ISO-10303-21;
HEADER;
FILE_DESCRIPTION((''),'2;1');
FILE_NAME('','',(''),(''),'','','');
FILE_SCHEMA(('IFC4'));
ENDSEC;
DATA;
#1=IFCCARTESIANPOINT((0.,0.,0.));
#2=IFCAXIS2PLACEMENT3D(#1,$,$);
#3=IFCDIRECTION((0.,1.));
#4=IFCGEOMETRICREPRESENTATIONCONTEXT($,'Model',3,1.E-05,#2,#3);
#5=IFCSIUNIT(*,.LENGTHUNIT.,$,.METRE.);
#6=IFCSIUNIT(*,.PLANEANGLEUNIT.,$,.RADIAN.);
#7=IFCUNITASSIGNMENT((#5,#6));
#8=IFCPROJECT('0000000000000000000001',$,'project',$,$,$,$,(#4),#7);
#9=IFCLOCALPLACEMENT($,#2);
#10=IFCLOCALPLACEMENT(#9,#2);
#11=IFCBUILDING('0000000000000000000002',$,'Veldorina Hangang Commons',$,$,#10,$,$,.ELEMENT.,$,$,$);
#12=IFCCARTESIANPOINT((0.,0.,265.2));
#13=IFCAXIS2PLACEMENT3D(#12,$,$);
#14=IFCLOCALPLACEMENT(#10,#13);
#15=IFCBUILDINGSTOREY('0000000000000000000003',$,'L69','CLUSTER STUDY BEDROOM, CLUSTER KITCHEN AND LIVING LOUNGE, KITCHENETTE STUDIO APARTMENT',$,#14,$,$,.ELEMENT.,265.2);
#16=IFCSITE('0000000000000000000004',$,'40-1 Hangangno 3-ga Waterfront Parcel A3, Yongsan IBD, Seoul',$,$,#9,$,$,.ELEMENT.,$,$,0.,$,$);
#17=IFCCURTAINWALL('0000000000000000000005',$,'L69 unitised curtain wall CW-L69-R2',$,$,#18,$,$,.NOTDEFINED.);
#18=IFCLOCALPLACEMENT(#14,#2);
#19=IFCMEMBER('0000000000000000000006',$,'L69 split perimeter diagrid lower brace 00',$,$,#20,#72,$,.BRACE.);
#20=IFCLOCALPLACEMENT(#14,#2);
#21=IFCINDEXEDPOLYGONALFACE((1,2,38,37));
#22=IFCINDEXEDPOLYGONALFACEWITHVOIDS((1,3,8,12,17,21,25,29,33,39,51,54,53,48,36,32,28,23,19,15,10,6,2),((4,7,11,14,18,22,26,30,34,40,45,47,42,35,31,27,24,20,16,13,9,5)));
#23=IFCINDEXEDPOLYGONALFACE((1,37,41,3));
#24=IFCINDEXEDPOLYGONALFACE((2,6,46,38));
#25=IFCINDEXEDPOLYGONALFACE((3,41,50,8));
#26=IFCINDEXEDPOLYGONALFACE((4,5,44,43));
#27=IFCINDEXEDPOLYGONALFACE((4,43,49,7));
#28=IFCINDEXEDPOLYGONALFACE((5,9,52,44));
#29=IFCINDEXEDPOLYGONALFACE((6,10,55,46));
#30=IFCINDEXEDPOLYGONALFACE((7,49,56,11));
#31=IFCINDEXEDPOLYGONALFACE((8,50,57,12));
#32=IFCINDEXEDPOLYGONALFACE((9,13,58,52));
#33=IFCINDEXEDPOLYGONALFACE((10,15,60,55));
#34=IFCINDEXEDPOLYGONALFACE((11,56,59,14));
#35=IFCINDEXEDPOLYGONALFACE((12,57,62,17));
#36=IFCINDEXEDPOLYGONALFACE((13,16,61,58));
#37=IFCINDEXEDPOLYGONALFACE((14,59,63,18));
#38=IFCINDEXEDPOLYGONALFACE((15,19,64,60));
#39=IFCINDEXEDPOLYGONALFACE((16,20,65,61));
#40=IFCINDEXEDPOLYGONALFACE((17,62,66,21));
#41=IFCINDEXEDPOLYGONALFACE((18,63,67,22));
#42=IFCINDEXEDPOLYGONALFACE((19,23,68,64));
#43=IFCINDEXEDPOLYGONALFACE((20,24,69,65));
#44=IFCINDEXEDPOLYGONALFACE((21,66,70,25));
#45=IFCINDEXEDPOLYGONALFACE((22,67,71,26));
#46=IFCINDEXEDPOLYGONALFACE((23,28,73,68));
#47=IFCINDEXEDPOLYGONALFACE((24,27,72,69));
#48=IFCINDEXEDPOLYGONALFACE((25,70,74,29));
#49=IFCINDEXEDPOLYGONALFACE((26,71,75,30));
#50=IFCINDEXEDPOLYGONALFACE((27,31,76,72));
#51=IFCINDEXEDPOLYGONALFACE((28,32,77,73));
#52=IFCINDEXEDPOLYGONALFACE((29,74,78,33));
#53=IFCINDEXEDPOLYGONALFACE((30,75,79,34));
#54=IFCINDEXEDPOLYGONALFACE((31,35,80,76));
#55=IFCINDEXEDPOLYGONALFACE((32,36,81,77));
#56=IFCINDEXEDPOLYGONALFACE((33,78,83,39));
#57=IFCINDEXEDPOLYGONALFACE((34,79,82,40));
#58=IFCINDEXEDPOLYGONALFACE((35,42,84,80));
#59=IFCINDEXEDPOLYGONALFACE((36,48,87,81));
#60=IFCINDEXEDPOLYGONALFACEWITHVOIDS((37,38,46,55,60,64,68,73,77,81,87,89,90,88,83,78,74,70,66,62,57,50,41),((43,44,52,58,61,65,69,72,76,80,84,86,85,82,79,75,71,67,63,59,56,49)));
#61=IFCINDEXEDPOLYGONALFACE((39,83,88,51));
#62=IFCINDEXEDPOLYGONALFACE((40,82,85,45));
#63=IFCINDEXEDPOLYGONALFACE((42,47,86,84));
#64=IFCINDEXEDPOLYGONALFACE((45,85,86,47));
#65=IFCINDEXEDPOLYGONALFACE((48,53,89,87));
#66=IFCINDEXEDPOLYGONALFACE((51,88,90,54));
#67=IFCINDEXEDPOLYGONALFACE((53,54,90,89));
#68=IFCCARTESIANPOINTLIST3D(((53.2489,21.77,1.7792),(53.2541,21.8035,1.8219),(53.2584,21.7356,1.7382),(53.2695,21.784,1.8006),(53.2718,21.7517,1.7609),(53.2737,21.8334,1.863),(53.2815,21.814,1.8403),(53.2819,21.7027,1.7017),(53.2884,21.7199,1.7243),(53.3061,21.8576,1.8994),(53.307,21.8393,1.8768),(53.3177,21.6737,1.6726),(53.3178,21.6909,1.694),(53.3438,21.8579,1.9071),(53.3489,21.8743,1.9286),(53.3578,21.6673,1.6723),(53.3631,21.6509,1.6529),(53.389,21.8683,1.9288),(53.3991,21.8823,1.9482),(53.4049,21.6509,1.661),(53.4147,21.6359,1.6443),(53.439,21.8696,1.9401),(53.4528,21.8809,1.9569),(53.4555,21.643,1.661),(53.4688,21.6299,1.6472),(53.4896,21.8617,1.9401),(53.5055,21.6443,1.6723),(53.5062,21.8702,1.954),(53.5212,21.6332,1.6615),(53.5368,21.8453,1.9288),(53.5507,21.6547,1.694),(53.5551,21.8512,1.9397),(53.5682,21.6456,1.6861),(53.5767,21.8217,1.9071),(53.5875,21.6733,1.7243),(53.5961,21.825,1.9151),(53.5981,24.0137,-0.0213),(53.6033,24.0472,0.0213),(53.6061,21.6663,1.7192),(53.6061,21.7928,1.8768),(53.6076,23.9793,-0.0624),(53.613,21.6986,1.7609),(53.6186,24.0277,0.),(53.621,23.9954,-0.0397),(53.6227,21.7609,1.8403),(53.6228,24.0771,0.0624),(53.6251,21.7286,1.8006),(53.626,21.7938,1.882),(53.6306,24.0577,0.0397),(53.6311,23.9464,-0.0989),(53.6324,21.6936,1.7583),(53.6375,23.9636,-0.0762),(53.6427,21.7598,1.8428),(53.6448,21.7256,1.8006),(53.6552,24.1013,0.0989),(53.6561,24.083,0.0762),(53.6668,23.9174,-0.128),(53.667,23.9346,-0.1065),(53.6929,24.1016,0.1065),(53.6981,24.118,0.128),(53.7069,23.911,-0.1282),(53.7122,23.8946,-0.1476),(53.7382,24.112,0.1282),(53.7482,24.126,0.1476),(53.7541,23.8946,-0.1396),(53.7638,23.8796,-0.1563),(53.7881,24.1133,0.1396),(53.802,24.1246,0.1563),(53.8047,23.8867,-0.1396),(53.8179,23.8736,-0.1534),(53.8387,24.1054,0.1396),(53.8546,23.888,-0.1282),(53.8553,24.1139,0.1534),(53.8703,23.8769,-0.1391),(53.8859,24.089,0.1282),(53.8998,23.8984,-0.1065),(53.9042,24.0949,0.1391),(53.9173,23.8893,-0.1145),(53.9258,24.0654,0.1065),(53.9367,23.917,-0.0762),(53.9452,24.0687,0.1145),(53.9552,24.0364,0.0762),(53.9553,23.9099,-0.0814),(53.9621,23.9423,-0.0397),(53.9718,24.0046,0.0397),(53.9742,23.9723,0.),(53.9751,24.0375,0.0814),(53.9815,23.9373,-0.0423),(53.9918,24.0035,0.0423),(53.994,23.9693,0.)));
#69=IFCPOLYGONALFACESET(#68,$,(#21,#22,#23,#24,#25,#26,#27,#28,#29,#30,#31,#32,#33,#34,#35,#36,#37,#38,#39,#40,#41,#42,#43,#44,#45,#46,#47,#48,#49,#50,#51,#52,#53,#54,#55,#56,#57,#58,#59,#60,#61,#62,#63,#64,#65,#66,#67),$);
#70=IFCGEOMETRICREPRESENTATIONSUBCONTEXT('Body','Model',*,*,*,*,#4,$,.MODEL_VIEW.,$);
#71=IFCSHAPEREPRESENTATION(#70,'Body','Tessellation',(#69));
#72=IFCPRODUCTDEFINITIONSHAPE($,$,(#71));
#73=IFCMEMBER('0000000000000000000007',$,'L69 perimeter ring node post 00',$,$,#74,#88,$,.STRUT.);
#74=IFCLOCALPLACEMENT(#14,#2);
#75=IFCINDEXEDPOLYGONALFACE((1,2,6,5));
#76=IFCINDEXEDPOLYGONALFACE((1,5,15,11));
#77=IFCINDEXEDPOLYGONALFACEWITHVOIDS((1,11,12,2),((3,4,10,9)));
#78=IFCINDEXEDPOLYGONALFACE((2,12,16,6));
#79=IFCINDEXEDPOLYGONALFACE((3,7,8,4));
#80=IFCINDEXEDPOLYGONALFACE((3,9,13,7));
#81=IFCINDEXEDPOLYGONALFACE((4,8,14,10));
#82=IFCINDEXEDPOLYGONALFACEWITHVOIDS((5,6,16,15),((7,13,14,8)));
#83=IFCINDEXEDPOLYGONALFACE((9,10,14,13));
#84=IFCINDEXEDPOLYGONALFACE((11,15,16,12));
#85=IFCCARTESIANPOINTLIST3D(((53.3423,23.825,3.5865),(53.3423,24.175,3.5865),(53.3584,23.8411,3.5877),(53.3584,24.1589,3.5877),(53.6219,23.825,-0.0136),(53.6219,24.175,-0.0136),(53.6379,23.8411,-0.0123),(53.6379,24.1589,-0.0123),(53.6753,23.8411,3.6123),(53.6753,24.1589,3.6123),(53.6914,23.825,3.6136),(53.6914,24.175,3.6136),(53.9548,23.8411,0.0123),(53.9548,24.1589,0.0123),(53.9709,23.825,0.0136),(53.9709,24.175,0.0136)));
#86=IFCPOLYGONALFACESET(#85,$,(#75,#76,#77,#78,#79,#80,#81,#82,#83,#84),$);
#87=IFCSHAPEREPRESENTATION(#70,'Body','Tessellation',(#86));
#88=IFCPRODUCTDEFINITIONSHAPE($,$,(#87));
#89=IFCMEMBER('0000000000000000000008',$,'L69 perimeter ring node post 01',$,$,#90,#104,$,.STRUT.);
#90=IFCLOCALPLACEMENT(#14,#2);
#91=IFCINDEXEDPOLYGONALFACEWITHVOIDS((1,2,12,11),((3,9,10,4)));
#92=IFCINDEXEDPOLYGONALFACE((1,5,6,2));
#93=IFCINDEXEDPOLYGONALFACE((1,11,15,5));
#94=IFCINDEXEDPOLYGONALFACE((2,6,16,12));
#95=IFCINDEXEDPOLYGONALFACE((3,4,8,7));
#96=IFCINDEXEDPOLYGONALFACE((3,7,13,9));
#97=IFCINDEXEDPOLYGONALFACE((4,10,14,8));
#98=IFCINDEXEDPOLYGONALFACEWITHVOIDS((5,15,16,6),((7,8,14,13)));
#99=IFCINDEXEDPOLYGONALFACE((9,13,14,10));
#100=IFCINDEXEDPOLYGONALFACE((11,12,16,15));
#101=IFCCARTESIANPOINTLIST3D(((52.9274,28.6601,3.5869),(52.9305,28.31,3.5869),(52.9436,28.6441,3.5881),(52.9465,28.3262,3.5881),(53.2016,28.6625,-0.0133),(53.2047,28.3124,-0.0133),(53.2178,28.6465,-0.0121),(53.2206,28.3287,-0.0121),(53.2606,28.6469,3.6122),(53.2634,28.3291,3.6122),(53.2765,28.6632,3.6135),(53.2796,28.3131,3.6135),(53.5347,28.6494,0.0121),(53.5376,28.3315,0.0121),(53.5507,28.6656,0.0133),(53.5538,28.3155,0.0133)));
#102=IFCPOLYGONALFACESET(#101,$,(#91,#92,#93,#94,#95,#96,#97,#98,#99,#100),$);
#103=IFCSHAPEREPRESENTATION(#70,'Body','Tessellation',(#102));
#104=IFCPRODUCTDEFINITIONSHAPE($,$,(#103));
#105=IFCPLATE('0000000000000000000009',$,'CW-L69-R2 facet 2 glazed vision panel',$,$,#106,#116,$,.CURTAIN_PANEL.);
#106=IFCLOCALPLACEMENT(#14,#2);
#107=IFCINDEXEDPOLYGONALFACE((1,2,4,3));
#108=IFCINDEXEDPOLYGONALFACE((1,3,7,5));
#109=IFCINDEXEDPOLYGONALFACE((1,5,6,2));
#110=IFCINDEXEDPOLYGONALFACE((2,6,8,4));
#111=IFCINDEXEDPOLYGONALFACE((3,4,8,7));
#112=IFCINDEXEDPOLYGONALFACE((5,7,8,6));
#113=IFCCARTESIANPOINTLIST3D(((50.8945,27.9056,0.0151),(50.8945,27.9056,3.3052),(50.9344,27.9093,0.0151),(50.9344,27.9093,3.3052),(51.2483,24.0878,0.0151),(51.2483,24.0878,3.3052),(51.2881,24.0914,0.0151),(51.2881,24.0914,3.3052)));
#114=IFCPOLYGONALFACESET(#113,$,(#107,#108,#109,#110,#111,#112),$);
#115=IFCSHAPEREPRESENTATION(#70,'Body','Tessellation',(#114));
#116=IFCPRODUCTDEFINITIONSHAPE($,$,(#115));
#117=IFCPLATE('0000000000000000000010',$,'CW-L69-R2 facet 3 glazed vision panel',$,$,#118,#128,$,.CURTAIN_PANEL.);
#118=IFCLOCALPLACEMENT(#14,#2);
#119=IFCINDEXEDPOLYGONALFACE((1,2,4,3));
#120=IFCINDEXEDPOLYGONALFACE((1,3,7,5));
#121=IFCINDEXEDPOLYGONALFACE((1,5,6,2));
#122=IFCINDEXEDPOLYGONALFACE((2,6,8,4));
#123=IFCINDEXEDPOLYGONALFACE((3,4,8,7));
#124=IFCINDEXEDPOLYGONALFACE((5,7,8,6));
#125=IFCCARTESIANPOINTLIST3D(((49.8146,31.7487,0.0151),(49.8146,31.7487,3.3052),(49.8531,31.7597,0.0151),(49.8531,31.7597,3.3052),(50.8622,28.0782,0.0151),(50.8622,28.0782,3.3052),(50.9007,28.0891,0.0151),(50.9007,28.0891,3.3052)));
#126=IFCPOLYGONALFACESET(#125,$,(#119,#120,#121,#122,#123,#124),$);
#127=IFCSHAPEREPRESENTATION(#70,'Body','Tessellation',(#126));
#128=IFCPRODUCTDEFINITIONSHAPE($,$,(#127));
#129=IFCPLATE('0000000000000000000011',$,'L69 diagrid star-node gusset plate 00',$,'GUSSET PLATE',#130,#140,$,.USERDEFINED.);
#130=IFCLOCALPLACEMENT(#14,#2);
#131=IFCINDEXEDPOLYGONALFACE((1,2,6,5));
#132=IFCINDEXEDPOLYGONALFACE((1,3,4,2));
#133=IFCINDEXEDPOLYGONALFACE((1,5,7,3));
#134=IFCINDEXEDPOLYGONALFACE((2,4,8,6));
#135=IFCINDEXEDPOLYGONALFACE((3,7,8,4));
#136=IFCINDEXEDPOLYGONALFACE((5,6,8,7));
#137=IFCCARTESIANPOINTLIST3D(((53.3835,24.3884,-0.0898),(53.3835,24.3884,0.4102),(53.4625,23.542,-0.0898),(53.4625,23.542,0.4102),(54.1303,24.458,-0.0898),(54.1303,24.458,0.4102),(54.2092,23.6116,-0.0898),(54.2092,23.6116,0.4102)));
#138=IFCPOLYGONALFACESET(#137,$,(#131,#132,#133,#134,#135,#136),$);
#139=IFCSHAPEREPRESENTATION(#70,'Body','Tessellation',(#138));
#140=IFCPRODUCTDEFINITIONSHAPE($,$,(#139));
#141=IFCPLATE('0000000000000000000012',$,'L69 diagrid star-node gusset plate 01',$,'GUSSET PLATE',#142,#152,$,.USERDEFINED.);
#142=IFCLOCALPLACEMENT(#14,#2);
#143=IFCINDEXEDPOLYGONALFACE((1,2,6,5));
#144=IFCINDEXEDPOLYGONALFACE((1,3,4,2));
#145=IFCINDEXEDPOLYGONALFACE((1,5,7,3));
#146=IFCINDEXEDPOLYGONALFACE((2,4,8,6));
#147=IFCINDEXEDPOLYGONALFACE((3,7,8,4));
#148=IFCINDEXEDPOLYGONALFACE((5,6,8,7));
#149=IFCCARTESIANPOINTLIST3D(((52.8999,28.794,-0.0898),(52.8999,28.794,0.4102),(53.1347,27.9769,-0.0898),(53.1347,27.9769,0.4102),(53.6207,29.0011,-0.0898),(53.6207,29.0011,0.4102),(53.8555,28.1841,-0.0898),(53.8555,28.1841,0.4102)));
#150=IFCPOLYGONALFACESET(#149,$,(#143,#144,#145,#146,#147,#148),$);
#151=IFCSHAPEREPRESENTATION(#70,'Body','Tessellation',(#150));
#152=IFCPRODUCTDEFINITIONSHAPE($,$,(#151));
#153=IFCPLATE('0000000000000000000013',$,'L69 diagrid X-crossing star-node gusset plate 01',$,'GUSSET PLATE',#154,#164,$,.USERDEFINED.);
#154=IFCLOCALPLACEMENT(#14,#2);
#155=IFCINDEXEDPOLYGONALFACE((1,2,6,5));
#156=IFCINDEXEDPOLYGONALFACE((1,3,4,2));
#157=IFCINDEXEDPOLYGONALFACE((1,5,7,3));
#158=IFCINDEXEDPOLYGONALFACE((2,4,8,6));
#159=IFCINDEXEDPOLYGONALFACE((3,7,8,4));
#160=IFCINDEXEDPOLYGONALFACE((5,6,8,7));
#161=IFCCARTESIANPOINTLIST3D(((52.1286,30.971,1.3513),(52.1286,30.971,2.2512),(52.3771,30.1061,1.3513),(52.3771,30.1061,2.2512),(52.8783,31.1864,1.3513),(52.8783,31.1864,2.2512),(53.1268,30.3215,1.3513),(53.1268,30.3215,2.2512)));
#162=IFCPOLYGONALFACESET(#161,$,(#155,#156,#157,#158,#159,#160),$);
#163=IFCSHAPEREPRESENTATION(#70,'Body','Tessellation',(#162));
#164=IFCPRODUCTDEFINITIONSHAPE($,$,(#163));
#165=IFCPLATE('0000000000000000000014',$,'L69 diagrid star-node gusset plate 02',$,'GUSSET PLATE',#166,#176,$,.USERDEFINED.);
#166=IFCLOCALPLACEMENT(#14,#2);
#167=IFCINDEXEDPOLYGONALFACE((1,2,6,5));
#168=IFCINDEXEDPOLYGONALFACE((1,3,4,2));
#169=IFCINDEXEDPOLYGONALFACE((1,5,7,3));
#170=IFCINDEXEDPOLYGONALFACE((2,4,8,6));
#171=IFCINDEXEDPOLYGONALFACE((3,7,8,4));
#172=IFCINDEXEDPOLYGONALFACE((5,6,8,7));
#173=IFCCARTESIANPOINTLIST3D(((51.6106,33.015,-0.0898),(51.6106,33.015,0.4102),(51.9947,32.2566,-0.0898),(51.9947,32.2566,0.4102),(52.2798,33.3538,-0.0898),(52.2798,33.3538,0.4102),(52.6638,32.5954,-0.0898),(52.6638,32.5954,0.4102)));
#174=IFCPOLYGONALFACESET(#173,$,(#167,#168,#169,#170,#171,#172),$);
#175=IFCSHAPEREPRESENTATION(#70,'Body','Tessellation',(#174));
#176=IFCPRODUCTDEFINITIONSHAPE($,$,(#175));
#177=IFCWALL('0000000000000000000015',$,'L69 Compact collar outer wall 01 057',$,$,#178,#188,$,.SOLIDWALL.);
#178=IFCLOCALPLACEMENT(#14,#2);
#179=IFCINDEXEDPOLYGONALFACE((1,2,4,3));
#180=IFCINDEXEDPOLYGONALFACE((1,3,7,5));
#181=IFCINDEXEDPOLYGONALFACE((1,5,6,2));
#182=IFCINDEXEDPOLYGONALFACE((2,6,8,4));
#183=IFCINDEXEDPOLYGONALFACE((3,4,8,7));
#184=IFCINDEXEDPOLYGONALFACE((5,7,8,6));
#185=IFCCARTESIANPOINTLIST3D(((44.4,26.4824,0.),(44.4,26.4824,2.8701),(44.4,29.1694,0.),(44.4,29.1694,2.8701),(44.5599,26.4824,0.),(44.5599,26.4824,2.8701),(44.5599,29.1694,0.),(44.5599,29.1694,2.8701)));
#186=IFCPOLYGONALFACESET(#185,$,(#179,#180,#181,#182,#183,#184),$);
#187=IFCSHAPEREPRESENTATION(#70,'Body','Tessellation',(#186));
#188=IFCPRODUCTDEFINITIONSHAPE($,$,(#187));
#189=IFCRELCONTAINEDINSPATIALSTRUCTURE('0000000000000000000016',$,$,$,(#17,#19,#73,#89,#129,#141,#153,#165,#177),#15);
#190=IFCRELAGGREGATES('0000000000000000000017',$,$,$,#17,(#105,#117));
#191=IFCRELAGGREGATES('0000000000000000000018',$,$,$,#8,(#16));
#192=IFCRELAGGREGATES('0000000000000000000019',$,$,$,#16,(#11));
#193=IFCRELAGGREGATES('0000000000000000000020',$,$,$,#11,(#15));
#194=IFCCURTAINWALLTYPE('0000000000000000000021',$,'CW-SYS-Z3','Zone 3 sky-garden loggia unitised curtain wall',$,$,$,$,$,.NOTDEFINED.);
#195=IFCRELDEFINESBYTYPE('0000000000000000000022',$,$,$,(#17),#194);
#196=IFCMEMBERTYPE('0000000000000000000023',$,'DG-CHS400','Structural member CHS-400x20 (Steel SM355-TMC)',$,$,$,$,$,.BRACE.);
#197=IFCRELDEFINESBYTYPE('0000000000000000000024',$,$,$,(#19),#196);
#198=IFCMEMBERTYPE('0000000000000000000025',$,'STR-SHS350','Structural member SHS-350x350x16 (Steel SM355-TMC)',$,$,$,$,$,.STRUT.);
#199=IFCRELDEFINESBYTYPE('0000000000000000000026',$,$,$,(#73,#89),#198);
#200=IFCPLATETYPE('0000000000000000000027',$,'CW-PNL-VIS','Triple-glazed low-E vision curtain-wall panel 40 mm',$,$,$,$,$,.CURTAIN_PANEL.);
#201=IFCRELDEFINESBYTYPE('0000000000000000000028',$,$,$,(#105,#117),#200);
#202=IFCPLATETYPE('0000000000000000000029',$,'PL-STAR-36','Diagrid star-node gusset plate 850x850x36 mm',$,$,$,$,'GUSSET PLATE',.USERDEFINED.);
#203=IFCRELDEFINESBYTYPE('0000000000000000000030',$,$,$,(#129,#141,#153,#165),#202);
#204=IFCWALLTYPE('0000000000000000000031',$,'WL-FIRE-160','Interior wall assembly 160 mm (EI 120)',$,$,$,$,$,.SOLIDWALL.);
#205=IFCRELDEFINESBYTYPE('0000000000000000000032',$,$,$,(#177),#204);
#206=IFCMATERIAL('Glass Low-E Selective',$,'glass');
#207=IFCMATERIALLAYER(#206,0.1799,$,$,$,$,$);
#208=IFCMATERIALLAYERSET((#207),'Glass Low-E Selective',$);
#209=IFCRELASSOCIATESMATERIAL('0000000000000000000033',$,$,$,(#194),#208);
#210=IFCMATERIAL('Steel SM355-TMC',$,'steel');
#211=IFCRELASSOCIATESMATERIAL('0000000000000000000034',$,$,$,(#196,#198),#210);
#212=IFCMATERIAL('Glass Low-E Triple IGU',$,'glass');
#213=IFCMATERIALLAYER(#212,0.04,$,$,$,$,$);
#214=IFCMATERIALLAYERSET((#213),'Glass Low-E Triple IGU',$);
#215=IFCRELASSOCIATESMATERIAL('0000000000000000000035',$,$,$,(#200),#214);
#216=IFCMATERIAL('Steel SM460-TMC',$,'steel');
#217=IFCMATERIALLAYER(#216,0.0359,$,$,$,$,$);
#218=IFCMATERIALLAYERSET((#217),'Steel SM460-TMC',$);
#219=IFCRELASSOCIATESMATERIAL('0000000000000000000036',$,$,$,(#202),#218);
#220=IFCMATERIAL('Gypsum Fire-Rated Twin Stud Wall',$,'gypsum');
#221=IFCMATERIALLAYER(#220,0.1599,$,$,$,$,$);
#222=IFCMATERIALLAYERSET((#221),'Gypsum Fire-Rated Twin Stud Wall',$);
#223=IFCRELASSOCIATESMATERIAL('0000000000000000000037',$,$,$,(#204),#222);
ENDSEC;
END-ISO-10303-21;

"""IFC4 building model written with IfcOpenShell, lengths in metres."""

from ifc_helpers import new_model, si_unit, direction, frame, frame_2d, origin, origin_2d, place, context, subcontext, project, spatial, rectangle, hollow_rectangle, hollow_circle, extrude, material, layer, layer_set, material_profile, profile_set, type_object, element, aggregate, save


model = new_model("IFC4")

# Units and contexts
model_context = context("Model", 3, precision=1e-05, world=origin(), true_north=direction((0.0, 1.0)))
body_context = subcontext(model_context, "Body", "Model", "MODEL_VIEW")
ifc_project = project(units=[si_unit("LENGTHUNIT", "METRE"), si_unit("PLANEANGLEUNIT", "RADIAN")], contexts=[model_context])

# Site, building, storey
site_placement = place(None, origin())
site = spatial("IfcSite", under=ifc_project, at=site_placement, Name="40-1 Hangangno 3-ga Waterfront Parcel A3, Yongsan IBD, Seoul", CompositionType="ELEMENT", RefElevation=0.0)
building_placement = place(site_placement, origin())
building = spatial("IfcBuilding", under=site, at=building_placement, Name="Veldorina Hangang Commons", CompositionType="ELEMENT")
storey_placement = place(building_placement, frame((0.0, 0.0, 265.2)))
storey = spatial("IfcBuildingStorey", under=building, at=storey_placement, Name="L69", Description="CLUSTER STUDY BEDROOM, CLUSTER KITCHEN AND LIVING LOUNGE, KITCHENETTE STUDIO APARTMENT", CompositionType="ELEMENT", Elevation=265.2)

# Shared definitions
ifc_material_1 = material(Name="Steel SM355-TMC", Category="steel")

# Curtain wall
ifc_material_2 = material(Name="Glass Low-E Selective", Category="glass")
ifc_layer_1 = layer(ifc_material_2, 0.1799)
ifc_layer_set_1 = layer_set([ifc_layer_1], Name="Glass Low-E Selective")
curtain_wall_type = type_object("IfcCurtainWallType", Name="CW-SYS-Z3", Description="Zone 3 sky-garden loggia unitised curtain wall", PredefinedType="NOTDEFINED", material=ifc_layer_set_1)
curtain_wall_placement = place(storey_placement, origin())
curtain_wall = element("IfcCurtainWall", 1, at=curtain_wall_placement, inside=storey, type_object=curtain_wall_type, Name="L69 unitised curtain wall CW-L69-R2", PredefinedType="NOTDEFINED")

# Members
ifc_material_profile_1 = material_profile(ifc_material_1, hollow_circle(Radius=0.2, WallThickness=0.02, at=origin_2d()), Name="CHS-400x20")
ifc_profile_set_1 = profile_set([ifc_material_profile_1], Name="Steel SM355-TMC")
member_type_1 = type_object("IfcMemberType", Name="DG-CHS400", Description="Structural member CHS-400x20 (Steel SM355-TMC)", PredefinedType="BRACE", material=ifc_profile_set_1)
member_1_placement = place(storey_placement, frame((53.7964, 24.0, 0.0), z_axis=(-0.120474, -0.774235, 0.621326), x_axis=(0.988109, -0.153754, 0.0)))
element("IfcMember", 2, at=member_1_placement, inside=storey, type_object=member_type_1, Name="L69 split perimeter diagrid lower brace 00", PredefinedType="BRACE", context=body_context, shape_type="SweptSolid", body=[
    extrude(hollow_circle(Radius=0.2, WallThickness=0.02, at=origin_2d()), origin(), (0.0, 0.0, 1.0), 2.8979),
])
ifc_material_profile_2 = material_profile(ifc_material_1, hollow_rectangle(XDim=0.3501, YDim=0.3501, WallThickness=0.0161, at=origin_2d()), Name="SHS-350x350x16")
ifc_profile_set_2 = profile_set([ifc_material_profile_2], Name="Steel SM355-TMC")
member_type_2 = type_object("IfcMemberType", Name="STR-SHS350", Description="Structural member SHS-350x350x16 (Steel SM355-TMC)", PredefinedType="STRUT", material=ifc_profile_set_2)
member_2_placement = place(storey_placement, frame((53.7964, 24.0, 0.0), z_axis=(-0.077415, 0.0, 0.996999), x_axis=(0.0, -1.0, 0.0)))
element("IfcMember", 3, at=member_2_placement, inside=storey, type_object=member_type_2, Name="L69 perimeter ring node post 00", PredefinedType="STRUT", context=body_context, shape_type="SweptSolid", body=[
    extrude(hollow_rectangle(XDim=0.3501, YDim=0.3501, WallThickness=0.0161, at=origin_2d()), origin(), (0.0, 0.0, 1.0), 3.6108),
])
member_3_placement = place(storey_placement, frame((53.3777, 28.489, 0.0), z_axis=(-0.075936, -0.000676, 0.997112), x_axis=(0.008904, -0.99996, 0.0)))
element("IfcMember", 4, at=member_3_placement, inside=storey, type_object=member_type_2, Name="L69 perimeter ring node post 01", PredefinedType="STRUT", context=body_context, shape_type="SweptSolid", body=[
    extrude(hollow_rectangle(XDim=0.3501, YDim=0.3501, WallThickness=0.0161, at=origin_2d()), origin(), (0.0, 0.0, 1.0), 3.6106),
])

# Plates
ifc_material_3 = material(Name="Glass Low-E Triple IGU", Category="glass")
ifc_layer_2 = layer(ifc_material_3, 0.04)
ifc_layer_set_2 = layer_set([ifc_layer_2], Name="Glass Low-E Triple IGU")
plate_type_1 = type_object("IfcPlateType", Name="CW-PNL-VIS", Description="Triple-glazed low-E vision curtain-wall panel 40 mm", PredefinedType="CURTAIN_PANEL", material=ifc_layer_set_2)
plate_1_placement = place(storey_placement, frame((51.0913, 25.9985, 0.0151), z_axis=(0.0, 0.0, 1.0), x_axis=(-0.092266, 0.995734, 0.0)))
plate_1 = element("IfcPlate", 5, at=plate_1_placement, type_object=plate_type_1, Name="CW-L69-R2 facet 2 glazed vision panel", PredefinedType="CURTAIN_PANEL", context=body_context, shape_type="SweptSolid", body=[
    extrude(rectangle(XDim=3.8342, YDim=0.04, at=origin_2d()), origin(), (0.0, 0.0, 1.0), 3.29),
])
plate_2_placement = place(storey_placement, frame((50.3577, 29.9189, 0.0151), z_axis=(0.0, 0.0, 1.0), x_axis=(-0.274429, 0.961607, 0.0)))
plate_2 = element("IfcPlate", 6, at=plate_2_placement, type_object=plate_type_1, Name="CW-L69-R2 facet 3 glazed vision panel", PredefinedType="CURTAIN_PANEL", context=body_context, shape_type="SweptSolid", body=[
    extrude(rectangle(XDim=3.8171, YDim=0.04, at=origin_2d()), origin(), (0.0, 0.0, 1.0), 3.29),
])
aggregate(curtain_wall, [plate_1, plate_2])

# Plates
ifc_material_4 = material(Name="Steel SM460-TMC", Category="steel")
ifc_layer_3 = layer(ifc_material_4, 0.0359)
ifc_layer_set_3 = layer_set([ifc_layer_3], Name="Steel SM460-TMC")
plate_type_2 = type_object("IfcPlateType", Name="PL-STAR-36", Description="Diagrid star-node gusset plate 850x850x36 mm", ElementType="GUSSET PLATE", PredefinedType="USERDEFINED", material=ifc_layer_set_3)
for number, where, z_axis, x_axis, name in (
    (7, (53.7964, 24.0, -0.0898), (0.0, 0.0, 1.0), (-0.092892, 0.995676, 0.0), "L69 diagrid star-node gusset plate 00"),
    (8, (53.3777, 28.489, -0.0898), (0.0, 0.0, 1.0), (-0.276191, 0.961103, 0.0), "L69 diagrid star-node gusset plate 01"),
):
    element("IfcPlate", number, at=place(storey_placement, frame(where, z_axis=z_axis, x_axis=x_axis)), inside=storey, type_object=plate_type_2, Name=name, ObjectType="GUSSET PLATE", PredefinedType="USERDEFINED", context=body_context, shape_type="SweptSolid", body=[
        extrude(rectangle(XDim=0.8501, YDim=0.75, at=origin_2d()), origin(), (0.0, 0.0, 1.0), 0.5),
    ])
plate_3_placement = place(storey_placement, frame((52.6277, 30.6462, 1.3513), z_axis=(0.0, 0.0, 1.0), x_axis=(-0.276191, 0.961103, 0.0)))
element("IfcPlate", 9, at=plate_3_placement, inside=storey, type_object=plate_type_2, Name="L69 diagrid X-crossing star-node gusset plate 01", ObjectType="GUSSET PLATE", PredefinedType="USERDEFINED", context=body_context, shape_type="SweptSolid", body=[
    extrude(rectangle(XDim=0.8999, YDim=0.78, at=origin_2d()), origin(), (0.0, 0.0, 1.0), 0.8999),
])
plate_4_placement = place(storey_placement, frame((52.1372, 32.8052, -0.0898), z_axis=(0.0, 0.0, 1.0), x_axis=(-0.451734, 0.892153, 0.0)))
element("IfcPlate", 10, at=plate_4_placement, inside=storey, type_object=plate_type_2, Name="L69 diagrid star-node gusset plate 02", ObjectType="GUSSET PLATE", PredefinedType="USERDEFINED", context=body_context, shape_type="SweptSolid", body=[
    extrude(rectangle(XDim=0.8501, YDim=0.75, at=origin_2d()), origin(), (0.0, 0.0, 1.0), 0.5),
])

# Wall
ifc_material_5 = material(Name="Gypsum Fire-Rated Twin Stud Wall", Category="gypsum")
ifc_layer_4 = layer(ifc_material_5, 0.1599)
ifc_layer_set_4 = layer_set([ifc_layer_4], Name="Gypsum Fire-Rated Twin Stud Wall")
wall_type_1 = type_object("IfcWallType", Name="WL-FIRE-160", Description="Interior wall assembly 160 mm (EI 120)", PredefinedType="SOLIDWALL", material=ifc_layer_set_4)
wall_1_placement = place(storey_placement, frame((44.48, 26.4824, 0.0), z_axis=(0.0, 0.0, 1.0), x_axis=(0.0, 1.0, 0.0)))
element("IfcWall", 11, at=wall_1_placement, inside=storey, type_object=wall_type_1, Name="L69 Compact collar outer wall 01 057", PredefinedType="SOLIDWALL", context=body_context, shape_type="SweptSolid", body=[
    extrude(rectangle(XDim=2.687, YDim=0.1599, at=frame_2d((1.3435, 0.0))), origin(), (0.0, 0.0, 1.0), 2.8701),
])

save(model, "model.ifc")
